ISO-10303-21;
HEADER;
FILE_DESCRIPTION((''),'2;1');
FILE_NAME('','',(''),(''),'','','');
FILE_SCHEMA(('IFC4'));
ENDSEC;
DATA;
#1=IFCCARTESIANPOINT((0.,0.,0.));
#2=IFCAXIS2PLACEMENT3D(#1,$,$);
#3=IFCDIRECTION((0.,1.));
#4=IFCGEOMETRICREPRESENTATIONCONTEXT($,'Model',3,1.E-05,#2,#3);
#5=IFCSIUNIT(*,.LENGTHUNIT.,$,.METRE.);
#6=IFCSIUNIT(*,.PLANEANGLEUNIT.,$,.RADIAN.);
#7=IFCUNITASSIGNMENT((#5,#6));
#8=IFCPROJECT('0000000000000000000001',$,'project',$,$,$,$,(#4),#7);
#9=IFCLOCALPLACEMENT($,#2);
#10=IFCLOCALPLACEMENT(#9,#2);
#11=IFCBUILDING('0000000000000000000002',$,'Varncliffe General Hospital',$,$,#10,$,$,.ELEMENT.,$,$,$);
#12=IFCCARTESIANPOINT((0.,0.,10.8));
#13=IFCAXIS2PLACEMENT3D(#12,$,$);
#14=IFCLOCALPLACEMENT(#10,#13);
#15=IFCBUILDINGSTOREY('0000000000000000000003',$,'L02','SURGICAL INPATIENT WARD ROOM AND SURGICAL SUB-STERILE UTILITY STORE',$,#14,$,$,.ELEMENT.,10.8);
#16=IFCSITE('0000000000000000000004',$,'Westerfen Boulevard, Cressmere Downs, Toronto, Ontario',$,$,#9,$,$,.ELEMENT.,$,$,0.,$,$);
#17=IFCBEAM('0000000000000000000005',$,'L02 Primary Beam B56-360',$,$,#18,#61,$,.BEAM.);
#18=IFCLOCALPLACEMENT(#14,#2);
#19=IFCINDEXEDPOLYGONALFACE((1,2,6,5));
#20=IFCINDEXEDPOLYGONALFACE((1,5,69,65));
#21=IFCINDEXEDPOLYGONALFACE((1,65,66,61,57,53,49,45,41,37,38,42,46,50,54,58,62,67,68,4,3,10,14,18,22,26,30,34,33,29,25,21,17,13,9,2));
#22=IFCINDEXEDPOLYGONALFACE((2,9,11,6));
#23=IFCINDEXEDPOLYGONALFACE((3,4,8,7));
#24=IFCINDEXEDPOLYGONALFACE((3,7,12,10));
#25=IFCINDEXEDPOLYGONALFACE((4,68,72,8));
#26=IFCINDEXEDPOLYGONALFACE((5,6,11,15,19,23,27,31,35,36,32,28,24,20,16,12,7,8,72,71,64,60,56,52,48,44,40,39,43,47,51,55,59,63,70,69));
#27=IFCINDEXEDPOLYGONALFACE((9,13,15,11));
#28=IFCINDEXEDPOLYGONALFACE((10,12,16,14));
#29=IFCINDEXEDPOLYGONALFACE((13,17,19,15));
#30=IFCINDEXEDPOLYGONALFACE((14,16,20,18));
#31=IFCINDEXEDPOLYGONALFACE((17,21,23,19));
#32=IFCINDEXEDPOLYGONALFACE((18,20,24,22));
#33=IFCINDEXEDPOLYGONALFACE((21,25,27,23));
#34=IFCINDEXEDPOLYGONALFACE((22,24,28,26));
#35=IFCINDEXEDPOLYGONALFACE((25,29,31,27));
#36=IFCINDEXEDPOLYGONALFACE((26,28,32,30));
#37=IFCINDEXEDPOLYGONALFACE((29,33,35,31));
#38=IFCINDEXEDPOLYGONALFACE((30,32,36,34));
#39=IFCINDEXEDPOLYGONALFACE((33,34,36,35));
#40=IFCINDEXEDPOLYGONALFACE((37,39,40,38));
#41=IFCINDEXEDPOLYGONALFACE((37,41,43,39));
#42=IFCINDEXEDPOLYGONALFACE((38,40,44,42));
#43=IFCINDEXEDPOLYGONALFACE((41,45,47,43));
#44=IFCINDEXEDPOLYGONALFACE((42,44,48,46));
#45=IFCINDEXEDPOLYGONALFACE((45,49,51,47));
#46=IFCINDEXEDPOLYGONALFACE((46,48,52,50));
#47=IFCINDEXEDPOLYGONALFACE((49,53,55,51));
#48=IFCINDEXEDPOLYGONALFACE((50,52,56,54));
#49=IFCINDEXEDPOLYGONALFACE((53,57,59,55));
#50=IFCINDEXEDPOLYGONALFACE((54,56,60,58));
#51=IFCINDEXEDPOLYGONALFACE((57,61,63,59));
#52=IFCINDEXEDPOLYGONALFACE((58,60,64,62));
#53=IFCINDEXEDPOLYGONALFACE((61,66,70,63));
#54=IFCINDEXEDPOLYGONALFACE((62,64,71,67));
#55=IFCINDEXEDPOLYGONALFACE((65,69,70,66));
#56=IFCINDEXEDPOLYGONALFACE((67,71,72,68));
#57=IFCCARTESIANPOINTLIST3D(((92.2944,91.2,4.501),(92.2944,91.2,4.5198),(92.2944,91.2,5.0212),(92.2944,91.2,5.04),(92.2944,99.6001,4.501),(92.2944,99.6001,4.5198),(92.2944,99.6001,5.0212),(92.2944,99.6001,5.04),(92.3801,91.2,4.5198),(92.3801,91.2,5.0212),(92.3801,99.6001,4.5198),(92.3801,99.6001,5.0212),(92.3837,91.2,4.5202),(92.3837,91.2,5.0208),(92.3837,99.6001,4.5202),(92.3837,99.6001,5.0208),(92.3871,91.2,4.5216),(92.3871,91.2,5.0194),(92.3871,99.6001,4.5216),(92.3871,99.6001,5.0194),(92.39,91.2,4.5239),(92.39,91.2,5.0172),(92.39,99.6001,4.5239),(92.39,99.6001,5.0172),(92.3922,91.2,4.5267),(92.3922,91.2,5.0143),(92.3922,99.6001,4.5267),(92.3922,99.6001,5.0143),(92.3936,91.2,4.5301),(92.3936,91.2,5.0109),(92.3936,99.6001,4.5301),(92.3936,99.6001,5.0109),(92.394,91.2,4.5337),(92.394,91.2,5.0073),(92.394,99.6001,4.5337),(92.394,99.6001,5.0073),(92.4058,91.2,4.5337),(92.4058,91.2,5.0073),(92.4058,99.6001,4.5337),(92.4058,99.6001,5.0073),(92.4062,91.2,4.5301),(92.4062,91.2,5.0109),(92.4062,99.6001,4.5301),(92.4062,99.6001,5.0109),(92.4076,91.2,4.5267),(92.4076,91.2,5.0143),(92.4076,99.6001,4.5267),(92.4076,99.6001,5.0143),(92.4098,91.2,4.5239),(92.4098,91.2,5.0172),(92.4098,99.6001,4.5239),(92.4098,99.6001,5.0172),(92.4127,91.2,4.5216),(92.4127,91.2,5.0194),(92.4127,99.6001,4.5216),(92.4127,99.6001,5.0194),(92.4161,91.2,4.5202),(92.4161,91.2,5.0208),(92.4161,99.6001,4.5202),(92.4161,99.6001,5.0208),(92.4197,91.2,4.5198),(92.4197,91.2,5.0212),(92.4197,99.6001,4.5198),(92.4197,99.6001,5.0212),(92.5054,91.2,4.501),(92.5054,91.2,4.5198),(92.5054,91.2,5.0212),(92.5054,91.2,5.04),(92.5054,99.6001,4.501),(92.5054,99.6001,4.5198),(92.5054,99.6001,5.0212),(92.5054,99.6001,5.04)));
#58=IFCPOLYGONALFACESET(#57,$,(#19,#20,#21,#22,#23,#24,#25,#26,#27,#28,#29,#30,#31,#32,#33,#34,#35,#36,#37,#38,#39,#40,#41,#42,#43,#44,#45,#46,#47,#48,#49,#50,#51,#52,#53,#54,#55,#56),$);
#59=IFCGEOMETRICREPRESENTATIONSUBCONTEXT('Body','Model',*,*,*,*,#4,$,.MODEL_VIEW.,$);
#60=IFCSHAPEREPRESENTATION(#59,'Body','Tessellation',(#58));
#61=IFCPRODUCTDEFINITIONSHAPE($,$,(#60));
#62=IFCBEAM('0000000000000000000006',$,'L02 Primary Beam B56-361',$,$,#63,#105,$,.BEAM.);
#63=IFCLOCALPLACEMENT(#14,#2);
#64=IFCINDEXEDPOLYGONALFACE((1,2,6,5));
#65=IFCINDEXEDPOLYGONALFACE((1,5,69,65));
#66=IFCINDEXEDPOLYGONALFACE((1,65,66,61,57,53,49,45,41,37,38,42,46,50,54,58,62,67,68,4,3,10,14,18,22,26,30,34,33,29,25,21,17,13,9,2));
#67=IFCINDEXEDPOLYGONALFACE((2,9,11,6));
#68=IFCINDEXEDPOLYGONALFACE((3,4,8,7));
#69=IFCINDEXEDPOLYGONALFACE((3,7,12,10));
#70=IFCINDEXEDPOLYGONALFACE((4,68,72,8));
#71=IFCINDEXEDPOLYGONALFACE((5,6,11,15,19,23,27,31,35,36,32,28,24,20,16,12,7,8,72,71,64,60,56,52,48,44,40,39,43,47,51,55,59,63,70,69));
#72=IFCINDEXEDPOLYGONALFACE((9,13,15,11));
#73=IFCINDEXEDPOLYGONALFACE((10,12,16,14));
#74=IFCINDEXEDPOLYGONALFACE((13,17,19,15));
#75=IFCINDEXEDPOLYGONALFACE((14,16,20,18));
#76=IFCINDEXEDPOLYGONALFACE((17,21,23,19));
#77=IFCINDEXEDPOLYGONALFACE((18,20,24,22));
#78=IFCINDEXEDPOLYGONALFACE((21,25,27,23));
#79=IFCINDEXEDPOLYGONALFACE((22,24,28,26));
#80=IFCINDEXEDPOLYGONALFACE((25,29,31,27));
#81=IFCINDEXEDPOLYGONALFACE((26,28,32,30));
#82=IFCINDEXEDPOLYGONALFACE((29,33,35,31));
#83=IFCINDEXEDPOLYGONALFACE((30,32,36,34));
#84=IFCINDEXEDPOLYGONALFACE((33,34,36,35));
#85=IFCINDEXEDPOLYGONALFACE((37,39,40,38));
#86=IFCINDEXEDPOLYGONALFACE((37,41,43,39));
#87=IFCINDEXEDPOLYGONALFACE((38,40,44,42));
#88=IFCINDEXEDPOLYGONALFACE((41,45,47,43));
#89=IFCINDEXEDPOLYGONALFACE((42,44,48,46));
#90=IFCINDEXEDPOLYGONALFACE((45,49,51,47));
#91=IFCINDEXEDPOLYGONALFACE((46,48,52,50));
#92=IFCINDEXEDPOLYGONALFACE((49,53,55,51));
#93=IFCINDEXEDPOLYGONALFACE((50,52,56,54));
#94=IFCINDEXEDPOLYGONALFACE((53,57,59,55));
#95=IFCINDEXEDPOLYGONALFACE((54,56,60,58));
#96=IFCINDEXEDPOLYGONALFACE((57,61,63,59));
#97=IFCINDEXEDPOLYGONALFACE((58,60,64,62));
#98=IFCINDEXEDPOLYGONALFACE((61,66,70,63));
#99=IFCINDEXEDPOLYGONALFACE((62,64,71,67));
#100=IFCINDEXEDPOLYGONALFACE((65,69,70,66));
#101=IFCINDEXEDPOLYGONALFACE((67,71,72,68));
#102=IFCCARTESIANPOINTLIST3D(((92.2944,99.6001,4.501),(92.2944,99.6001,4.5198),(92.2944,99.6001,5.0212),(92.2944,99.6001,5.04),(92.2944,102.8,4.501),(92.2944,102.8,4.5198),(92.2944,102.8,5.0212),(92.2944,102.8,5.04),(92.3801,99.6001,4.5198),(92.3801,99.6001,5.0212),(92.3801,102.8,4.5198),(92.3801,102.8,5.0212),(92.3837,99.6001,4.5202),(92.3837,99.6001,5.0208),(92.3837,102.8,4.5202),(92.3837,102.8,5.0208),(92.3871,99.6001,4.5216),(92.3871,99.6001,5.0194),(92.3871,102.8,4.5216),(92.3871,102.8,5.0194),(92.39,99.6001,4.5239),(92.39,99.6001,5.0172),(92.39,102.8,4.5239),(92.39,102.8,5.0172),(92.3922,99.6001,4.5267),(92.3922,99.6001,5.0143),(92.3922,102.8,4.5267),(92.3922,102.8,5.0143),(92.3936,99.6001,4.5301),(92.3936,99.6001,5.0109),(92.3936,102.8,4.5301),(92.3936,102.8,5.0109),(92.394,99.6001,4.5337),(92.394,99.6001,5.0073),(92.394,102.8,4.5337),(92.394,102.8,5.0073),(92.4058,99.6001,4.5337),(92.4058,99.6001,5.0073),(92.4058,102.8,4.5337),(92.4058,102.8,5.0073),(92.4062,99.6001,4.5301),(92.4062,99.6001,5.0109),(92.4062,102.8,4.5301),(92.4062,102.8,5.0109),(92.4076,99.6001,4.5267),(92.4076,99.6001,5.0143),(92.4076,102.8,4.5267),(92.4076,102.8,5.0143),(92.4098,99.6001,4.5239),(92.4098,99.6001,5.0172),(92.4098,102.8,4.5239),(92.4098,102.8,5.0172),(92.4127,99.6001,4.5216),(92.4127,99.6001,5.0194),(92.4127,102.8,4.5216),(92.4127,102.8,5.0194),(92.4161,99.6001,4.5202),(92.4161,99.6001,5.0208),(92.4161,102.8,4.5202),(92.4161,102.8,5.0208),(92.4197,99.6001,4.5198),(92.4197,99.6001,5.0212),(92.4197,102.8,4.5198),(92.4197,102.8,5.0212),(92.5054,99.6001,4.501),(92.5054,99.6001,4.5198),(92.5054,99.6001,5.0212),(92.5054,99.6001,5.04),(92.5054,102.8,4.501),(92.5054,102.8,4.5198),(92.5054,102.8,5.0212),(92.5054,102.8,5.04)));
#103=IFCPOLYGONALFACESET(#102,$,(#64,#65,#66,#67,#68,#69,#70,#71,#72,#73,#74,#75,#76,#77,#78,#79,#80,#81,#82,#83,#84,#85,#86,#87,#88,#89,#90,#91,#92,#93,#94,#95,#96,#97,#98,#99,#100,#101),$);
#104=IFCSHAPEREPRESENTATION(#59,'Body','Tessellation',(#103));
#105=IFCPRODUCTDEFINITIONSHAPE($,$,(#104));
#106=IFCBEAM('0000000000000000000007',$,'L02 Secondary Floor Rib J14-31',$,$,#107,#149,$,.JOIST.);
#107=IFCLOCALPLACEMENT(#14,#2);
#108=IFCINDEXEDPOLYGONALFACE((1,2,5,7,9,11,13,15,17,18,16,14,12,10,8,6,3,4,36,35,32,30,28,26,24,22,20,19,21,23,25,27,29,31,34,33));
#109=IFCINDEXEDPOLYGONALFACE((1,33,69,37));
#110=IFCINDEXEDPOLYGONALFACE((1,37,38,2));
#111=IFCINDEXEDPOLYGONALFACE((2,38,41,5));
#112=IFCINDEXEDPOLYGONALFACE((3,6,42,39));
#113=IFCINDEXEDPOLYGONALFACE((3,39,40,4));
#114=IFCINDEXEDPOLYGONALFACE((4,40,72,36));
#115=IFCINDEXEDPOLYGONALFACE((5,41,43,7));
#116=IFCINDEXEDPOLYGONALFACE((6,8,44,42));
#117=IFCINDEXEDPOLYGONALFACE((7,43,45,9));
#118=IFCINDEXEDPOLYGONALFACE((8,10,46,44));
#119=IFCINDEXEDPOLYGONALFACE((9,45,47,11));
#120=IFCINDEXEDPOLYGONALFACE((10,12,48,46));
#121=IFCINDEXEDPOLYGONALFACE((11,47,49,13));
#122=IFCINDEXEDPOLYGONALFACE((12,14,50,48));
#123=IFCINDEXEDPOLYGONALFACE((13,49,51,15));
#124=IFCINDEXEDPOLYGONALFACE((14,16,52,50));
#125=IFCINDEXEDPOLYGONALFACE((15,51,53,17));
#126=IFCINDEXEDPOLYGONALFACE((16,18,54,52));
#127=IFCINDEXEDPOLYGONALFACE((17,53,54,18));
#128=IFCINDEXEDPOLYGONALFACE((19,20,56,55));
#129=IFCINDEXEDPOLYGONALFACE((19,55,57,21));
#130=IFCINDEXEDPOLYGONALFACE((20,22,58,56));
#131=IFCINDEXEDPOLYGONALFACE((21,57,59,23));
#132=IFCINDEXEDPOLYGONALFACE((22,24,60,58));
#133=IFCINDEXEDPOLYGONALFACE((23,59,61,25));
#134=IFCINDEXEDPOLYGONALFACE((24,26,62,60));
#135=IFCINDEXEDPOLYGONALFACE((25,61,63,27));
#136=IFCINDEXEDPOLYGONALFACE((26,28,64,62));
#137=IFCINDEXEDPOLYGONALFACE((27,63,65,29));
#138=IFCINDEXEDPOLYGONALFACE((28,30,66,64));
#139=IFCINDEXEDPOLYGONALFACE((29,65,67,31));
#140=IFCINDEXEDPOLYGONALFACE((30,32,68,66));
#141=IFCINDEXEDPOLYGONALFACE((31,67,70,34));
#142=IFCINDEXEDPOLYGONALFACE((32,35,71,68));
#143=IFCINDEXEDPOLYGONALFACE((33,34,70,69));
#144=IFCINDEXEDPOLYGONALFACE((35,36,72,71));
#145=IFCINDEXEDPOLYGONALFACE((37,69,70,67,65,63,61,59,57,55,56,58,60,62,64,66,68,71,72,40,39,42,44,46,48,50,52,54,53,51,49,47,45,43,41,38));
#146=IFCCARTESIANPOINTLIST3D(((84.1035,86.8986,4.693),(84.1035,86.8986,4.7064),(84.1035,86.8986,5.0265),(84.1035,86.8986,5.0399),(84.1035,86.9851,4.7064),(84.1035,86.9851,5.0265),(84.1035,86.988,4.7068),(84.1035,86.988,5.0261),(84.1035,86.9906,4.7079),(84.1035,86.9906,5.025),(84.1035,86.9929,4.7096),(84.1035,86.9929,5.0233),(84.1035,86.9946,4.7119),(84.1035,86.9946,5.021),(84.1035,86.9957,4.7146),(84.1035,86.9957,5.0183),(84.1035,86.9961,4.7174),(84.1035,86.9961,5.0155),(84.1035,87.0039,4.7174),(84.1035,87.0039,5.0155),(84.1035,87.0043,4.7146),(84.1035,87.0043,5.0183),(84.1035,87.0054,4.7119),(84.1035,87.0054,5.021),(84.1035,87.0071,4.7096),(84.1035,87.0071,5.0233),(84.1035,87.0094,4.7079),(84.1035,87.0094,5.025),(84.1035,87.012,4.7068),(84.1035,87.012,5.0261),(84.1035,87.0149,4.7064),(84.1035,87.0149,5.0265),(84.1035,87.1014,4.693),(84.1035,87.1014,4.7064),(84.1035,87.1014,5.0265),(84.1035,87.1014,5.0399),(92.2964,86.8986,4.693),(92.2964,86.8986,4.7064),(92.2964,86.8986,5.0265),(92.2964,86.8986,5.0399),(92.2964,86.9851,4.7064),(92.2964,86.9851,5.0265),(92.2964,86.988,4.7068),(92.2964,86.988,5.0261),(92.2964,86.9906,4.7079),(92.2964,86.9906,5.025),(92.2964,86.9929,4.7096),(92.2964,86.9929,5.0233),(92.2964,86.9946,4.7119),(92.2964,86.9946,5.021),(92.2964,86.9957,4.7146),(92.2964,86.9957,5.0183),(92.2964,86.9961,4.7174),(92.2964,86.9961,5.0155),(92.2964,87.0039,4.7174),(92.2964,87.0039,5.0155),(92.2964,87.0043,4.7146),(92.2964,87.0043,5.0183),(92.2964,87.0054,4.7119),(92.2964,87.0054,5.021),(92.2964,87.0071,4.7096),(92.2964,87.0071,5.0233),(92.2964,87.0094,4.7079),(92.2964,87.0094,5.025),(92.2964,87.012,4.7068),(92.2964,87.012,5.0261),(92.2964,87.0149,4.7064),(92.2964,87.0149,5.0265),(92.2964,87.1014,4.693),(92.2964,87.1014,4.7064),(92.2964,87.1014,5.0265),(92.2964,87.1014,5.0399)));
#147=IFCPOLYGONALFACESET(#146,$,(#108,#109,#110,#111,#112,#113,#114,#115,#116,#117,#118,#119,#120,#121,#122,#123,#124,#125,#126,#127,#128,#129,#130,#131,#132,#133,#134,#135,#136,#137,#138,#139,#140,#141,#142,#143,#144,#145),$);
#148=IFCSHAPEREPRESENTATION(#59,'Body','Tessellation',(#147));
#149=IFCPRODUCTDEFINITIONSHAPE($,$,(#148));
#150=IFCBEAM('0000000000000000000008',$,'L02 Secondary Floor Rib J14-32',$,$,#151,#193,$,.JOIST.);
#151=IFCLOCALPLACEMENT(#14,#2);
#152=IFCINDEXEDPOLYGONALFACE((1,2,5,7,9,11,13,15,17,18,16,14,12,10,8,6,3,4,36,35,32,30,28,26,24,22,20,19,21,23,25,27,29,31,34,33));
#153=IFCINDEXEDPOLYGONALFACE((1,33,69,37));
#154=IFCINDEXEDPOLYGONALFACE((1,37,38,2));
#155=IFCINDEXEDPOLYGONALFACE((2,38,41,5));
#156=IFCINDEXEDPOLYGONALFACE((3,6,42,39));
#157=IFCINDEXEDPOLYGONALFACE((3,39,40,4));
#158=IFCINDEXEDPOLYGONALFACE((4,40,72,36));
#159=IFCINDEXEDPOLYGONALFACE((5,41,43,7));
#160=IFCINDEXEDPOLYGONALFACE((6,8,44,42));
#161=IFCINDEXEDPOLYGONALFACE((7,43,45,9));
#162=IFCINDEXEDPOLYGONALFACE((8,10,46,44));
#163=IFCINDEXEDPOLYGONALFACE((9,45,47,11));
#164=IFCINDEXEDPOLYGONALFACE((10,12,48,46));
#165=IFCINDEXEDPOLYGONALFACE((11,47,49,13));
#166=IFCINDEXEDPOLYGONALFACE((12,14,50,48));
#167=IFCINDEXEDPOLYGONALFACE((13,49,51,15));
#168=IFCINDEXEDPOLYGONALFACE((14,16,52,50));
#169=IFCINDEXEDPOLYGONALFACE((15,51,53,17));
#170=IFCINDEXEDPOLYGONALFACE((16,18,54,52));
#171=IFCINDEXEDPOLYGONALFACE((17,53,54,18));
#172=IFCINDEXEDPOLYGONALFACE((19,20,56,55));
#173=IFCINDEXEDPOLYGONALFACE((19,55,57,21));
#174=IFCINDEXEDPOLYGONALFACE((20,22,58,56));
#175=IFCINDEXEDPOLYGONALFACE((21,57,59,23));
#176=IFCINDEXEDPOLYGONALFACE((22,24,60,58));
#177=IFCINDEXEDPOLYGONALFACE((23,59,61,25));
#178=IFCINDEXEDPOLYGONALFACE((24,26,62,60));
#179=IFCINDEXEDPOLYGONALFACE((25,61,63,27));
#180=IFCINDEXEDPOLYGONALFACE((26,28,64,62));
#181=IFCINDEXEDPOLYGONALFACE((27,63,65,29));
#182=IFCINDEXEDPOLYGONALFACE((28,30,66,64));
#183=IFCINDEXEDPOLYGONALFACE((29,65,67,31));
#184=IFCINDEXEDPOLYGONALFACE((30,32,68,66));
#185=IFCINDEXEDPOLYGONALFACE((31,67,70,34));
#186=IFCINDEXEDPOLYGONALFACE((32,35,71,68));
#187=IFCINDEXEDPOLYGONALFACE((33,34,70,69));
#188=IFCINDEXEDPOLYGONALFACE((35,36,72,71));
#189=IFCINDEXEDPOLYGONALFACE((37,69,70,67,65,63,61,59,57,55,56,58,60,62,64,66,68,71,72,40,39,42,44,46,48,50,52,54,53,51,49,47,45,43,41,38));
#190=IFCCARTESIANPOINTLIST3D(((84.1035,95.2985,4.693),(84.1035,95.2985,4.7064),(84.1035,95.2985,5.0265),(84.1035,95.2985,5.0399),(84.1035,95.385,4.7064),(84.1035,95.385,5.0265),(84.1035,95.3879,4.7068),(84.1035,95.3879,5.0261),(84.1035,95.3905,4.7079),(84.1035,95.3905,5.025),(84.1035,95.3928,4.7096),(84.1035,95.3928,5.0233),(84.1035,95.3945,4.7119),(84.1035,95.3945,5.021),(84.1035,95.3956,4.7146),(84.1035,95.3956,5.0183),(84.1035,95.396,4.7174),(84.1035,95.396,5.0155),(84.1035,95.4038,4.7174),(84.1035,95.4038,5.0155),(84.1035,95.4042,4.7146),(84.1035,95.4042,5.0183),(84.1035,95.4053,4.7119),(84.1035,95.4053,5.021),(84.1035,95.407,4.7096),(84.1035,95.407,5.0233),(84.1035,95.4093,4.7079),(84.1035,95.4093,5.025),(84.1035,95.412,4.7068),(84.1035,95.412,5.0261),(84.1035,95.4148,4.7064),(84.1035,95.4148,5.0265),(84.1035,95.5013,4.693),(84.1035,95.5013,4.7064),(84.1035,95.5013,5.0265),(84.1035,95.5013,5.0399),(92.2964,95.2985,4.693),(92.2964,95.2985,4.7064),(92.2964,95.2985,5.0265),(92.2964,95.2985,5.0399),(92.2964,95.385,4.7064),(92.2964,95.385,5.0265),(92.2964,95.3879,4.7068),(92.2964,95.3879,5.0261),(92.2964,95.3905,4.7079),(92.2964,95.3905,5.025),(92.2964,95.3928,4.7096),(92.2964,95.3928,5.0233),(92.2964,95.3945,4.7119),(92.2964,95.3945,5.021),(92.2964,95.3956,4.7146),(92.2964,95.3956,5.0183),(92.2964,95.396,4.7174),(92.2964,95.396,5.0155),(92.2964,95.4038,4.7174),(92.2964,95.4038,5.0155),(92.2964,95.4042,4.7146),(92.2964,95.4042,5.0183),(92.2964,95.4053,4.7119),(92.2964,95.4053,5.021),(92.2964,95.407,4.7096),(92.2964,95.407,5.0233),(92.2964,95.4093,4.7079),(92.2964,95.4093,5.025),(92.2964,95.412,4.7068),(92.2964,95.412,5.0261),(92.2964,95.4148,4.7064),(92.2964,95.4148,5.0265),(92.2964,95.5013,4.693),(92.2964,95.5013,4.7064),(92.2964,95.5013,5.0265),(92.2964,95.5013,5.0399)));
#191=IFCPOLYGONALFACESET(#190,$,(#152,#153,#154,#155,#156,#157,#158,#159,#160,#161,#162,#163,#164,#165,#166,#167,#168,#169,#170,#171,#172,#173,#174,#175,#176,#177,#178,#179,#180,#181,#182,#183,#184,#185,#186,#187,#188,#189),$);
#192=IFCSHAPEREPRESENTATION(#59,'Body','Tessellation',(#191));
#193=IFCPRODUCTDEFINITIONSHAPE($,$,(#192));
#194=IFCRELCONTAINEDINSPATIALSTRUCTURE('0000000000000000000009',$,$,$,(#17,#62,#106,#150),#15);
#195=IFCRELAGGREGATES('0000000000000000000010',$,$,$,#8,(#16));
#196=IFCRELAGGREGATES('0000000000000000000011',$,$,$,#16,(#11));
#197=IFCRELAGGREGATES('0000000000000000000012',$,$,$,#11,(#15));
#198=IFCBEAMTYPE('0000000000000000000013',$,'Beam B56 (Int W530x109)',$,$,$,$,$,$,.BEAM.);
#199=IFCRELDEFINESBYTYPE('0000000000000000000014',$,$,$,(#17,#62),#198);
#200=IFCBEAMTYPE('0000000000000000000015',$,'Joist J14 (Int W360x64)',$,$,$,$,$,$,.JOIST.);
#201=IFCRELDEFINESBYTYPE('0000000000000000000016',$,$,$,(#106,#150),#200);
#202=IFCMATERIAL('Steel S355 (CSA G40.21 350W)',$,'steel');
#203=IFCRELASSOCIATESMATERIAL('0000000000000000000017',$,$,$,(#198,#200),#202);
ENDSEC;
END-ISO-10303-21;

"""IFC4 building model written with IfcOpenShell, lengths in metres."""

from ifc_helpers import new_model, si_unit, direction, frame, origin, origin_2d, place, context, subcontext, project, spatial, i_section, extrude, material, material_profile, profile_set, type_object, element, save


model = new_model("IFC4")

# Units and contexts
model_context = context("Model", 3, precision=1e-05, world=origin(), true_north=direction((0.0, 1.0)))
body_context = subcontext(model_context, "Body", "Model", "MODEL_VIEW")
ifc_project = project(units=[si_unit("LENGTHUNIT", "METRE"), si_unit("PLANEANGLEUNIT", "RADIAN")], contexts=[model_context])

# Site, building, storey
site_placement = place(None, origin())
site = spatial("IfcSite", under=ifc_project, at=site_placement, Name="Westerfen Boulevard, Cressmere Downs, Toronto, Ontario", CompositionType="ELEMENT", RefElevation=0.0)
building_placement = place(site_placement, origin())
building = spatial("IfcBuilding", under=site, at=building_placement, Name="Varncliffe General Hospital", CompositionType="ELEMENT")
storey_placement = place(building_placement, frame((0.0, 0.0, 10.8)))
storey = spatial("IfcBuildingStorey", under=building, at=storey_placement, Name="L02", Description="SURGICAL INPATIENT WARD ROOM AND SURGICAL SUB-STERILE UTILITY STORE", CompositionType="ELEMENT", Elevation=10.8)

# Beams
ifc_material_1 = material(Name="Steel S355 (CSA G40.21 350W)", Category="steel")
ifc_material_profile_1 = material_profile(ifc_material_1, i_section(OverallWidth=0.2109, OverallDepth=0.5391, WebThickness=0.0117, FlangeThickness=0.0188, FilletRadius=0.0139, at=origin_2d()), Name="W530x109")
ifc_profile_set_1 = profile_set([ifc_material_profile_1], Name="Steel S355 (CSA G40.21 350W)")
beam_type_1 = type_object("IfcBeamType", Name="Beam B56 (Int W530x109)", PredefinedType="BEAM", material=ifc_profile_set_1)
beam_1_placement = place(storey_placement, frame((92.3999, 91.2, 4.7705), z_axis=(0.0, 1.0, 0.0), x_axis=(-1.0, 0.0, 0.0)))
element("IfcBeam", 1, at=beam_1_placement, inside=storey, type_object=beam_type_1, Name="L02 Primary Beam B56-360", PredefinedType="BEAM", context=body_context, shape_type="SweptSolid", body=[
    extrude(i_section(OverallWidth=0.2109, OverallDepth=0.5391, WebThickness=0.0117, FlangeThickness=0.0188, FilletRadius=0.0139, at=origin_2d()), origin(), (0.0, 0.0, 1.0), 8.4001),
])
beam_2_placement = place(storey_placement, frame((92.3999, 99.6001, 4.7705), z_axis=(0.0, 1.0, 0.0), x_axis=(-1.0, 0.0, 0.0)))
element("IfcBeam", 2, at=beam_2_placement, inside=storey, type_object=beam_type_1, Name="L02 Primary Beam B56-361", PredefinedType="BEAM", context=body_context, shape_type="SweptSolid", body=[
    extrude(i_section(OverallWidth=0.2109, OverallDepth=0.5391, WebThickness=0.0117, FlangeThickness=0.0188, FilletRadius=0.0139, at=origin_2d()), origin(), (0.0, 0.0, 1.0), 3.2),
])
ifc_material_profile_2 = material_profile(ifc_material_1, i_section(OverallWidth=0.2029, OverallDepth=0.3469, WebThickness=0.0078, FlangeThickness=0.0134, FilletRadius=0.011, at=origin_2d()), Name="W360x64")
ifc_profile_set_2 = profile_set([ifc_material_profile_2], Name="Steel S355 (CSA G40.21 350W)")
beam_type_2 = type_object("IfcBeamType", Name="Joist J14 (Int W360x64)", PredefinedType="JOIST", material=ifc_profile_set_2)
for number, where, z_axis, x_axis, name in (
    (3, (84.1035, 87.0, 4.8665), (1.0, 0.0, 0.0), (0.0, 1.0, 0.0), "L02 Secondary Floor Rib J14-31"),
    (4, (84.1035, 95.3999, 4.8665), (1.0, 0.0, 0.0), (0.0, 1.0, 0.0), "L02 Secondary Floor Rib J14-32"),
):
    element("IfcBeam", number, at=place(storey_placement, frame(where, z_axis=z_axis, x_axis=x_axis)), inside=storey, type_object=beam_type_2, Name=name, PredefinedType="JOIST", context=body_context, shape_type="SweptSolid", body=[
        extrude(i_section(OverallWidth=0.2029, OverallDepth=0.3469, WebThickness=0.0078, FlangeThickness=0.0134, FilletRadius=0.011, at=origin_2d()), origin(), (0.0, 0.0, 1.0), 8.1929),
    ])

save(model, "model.ifc")
